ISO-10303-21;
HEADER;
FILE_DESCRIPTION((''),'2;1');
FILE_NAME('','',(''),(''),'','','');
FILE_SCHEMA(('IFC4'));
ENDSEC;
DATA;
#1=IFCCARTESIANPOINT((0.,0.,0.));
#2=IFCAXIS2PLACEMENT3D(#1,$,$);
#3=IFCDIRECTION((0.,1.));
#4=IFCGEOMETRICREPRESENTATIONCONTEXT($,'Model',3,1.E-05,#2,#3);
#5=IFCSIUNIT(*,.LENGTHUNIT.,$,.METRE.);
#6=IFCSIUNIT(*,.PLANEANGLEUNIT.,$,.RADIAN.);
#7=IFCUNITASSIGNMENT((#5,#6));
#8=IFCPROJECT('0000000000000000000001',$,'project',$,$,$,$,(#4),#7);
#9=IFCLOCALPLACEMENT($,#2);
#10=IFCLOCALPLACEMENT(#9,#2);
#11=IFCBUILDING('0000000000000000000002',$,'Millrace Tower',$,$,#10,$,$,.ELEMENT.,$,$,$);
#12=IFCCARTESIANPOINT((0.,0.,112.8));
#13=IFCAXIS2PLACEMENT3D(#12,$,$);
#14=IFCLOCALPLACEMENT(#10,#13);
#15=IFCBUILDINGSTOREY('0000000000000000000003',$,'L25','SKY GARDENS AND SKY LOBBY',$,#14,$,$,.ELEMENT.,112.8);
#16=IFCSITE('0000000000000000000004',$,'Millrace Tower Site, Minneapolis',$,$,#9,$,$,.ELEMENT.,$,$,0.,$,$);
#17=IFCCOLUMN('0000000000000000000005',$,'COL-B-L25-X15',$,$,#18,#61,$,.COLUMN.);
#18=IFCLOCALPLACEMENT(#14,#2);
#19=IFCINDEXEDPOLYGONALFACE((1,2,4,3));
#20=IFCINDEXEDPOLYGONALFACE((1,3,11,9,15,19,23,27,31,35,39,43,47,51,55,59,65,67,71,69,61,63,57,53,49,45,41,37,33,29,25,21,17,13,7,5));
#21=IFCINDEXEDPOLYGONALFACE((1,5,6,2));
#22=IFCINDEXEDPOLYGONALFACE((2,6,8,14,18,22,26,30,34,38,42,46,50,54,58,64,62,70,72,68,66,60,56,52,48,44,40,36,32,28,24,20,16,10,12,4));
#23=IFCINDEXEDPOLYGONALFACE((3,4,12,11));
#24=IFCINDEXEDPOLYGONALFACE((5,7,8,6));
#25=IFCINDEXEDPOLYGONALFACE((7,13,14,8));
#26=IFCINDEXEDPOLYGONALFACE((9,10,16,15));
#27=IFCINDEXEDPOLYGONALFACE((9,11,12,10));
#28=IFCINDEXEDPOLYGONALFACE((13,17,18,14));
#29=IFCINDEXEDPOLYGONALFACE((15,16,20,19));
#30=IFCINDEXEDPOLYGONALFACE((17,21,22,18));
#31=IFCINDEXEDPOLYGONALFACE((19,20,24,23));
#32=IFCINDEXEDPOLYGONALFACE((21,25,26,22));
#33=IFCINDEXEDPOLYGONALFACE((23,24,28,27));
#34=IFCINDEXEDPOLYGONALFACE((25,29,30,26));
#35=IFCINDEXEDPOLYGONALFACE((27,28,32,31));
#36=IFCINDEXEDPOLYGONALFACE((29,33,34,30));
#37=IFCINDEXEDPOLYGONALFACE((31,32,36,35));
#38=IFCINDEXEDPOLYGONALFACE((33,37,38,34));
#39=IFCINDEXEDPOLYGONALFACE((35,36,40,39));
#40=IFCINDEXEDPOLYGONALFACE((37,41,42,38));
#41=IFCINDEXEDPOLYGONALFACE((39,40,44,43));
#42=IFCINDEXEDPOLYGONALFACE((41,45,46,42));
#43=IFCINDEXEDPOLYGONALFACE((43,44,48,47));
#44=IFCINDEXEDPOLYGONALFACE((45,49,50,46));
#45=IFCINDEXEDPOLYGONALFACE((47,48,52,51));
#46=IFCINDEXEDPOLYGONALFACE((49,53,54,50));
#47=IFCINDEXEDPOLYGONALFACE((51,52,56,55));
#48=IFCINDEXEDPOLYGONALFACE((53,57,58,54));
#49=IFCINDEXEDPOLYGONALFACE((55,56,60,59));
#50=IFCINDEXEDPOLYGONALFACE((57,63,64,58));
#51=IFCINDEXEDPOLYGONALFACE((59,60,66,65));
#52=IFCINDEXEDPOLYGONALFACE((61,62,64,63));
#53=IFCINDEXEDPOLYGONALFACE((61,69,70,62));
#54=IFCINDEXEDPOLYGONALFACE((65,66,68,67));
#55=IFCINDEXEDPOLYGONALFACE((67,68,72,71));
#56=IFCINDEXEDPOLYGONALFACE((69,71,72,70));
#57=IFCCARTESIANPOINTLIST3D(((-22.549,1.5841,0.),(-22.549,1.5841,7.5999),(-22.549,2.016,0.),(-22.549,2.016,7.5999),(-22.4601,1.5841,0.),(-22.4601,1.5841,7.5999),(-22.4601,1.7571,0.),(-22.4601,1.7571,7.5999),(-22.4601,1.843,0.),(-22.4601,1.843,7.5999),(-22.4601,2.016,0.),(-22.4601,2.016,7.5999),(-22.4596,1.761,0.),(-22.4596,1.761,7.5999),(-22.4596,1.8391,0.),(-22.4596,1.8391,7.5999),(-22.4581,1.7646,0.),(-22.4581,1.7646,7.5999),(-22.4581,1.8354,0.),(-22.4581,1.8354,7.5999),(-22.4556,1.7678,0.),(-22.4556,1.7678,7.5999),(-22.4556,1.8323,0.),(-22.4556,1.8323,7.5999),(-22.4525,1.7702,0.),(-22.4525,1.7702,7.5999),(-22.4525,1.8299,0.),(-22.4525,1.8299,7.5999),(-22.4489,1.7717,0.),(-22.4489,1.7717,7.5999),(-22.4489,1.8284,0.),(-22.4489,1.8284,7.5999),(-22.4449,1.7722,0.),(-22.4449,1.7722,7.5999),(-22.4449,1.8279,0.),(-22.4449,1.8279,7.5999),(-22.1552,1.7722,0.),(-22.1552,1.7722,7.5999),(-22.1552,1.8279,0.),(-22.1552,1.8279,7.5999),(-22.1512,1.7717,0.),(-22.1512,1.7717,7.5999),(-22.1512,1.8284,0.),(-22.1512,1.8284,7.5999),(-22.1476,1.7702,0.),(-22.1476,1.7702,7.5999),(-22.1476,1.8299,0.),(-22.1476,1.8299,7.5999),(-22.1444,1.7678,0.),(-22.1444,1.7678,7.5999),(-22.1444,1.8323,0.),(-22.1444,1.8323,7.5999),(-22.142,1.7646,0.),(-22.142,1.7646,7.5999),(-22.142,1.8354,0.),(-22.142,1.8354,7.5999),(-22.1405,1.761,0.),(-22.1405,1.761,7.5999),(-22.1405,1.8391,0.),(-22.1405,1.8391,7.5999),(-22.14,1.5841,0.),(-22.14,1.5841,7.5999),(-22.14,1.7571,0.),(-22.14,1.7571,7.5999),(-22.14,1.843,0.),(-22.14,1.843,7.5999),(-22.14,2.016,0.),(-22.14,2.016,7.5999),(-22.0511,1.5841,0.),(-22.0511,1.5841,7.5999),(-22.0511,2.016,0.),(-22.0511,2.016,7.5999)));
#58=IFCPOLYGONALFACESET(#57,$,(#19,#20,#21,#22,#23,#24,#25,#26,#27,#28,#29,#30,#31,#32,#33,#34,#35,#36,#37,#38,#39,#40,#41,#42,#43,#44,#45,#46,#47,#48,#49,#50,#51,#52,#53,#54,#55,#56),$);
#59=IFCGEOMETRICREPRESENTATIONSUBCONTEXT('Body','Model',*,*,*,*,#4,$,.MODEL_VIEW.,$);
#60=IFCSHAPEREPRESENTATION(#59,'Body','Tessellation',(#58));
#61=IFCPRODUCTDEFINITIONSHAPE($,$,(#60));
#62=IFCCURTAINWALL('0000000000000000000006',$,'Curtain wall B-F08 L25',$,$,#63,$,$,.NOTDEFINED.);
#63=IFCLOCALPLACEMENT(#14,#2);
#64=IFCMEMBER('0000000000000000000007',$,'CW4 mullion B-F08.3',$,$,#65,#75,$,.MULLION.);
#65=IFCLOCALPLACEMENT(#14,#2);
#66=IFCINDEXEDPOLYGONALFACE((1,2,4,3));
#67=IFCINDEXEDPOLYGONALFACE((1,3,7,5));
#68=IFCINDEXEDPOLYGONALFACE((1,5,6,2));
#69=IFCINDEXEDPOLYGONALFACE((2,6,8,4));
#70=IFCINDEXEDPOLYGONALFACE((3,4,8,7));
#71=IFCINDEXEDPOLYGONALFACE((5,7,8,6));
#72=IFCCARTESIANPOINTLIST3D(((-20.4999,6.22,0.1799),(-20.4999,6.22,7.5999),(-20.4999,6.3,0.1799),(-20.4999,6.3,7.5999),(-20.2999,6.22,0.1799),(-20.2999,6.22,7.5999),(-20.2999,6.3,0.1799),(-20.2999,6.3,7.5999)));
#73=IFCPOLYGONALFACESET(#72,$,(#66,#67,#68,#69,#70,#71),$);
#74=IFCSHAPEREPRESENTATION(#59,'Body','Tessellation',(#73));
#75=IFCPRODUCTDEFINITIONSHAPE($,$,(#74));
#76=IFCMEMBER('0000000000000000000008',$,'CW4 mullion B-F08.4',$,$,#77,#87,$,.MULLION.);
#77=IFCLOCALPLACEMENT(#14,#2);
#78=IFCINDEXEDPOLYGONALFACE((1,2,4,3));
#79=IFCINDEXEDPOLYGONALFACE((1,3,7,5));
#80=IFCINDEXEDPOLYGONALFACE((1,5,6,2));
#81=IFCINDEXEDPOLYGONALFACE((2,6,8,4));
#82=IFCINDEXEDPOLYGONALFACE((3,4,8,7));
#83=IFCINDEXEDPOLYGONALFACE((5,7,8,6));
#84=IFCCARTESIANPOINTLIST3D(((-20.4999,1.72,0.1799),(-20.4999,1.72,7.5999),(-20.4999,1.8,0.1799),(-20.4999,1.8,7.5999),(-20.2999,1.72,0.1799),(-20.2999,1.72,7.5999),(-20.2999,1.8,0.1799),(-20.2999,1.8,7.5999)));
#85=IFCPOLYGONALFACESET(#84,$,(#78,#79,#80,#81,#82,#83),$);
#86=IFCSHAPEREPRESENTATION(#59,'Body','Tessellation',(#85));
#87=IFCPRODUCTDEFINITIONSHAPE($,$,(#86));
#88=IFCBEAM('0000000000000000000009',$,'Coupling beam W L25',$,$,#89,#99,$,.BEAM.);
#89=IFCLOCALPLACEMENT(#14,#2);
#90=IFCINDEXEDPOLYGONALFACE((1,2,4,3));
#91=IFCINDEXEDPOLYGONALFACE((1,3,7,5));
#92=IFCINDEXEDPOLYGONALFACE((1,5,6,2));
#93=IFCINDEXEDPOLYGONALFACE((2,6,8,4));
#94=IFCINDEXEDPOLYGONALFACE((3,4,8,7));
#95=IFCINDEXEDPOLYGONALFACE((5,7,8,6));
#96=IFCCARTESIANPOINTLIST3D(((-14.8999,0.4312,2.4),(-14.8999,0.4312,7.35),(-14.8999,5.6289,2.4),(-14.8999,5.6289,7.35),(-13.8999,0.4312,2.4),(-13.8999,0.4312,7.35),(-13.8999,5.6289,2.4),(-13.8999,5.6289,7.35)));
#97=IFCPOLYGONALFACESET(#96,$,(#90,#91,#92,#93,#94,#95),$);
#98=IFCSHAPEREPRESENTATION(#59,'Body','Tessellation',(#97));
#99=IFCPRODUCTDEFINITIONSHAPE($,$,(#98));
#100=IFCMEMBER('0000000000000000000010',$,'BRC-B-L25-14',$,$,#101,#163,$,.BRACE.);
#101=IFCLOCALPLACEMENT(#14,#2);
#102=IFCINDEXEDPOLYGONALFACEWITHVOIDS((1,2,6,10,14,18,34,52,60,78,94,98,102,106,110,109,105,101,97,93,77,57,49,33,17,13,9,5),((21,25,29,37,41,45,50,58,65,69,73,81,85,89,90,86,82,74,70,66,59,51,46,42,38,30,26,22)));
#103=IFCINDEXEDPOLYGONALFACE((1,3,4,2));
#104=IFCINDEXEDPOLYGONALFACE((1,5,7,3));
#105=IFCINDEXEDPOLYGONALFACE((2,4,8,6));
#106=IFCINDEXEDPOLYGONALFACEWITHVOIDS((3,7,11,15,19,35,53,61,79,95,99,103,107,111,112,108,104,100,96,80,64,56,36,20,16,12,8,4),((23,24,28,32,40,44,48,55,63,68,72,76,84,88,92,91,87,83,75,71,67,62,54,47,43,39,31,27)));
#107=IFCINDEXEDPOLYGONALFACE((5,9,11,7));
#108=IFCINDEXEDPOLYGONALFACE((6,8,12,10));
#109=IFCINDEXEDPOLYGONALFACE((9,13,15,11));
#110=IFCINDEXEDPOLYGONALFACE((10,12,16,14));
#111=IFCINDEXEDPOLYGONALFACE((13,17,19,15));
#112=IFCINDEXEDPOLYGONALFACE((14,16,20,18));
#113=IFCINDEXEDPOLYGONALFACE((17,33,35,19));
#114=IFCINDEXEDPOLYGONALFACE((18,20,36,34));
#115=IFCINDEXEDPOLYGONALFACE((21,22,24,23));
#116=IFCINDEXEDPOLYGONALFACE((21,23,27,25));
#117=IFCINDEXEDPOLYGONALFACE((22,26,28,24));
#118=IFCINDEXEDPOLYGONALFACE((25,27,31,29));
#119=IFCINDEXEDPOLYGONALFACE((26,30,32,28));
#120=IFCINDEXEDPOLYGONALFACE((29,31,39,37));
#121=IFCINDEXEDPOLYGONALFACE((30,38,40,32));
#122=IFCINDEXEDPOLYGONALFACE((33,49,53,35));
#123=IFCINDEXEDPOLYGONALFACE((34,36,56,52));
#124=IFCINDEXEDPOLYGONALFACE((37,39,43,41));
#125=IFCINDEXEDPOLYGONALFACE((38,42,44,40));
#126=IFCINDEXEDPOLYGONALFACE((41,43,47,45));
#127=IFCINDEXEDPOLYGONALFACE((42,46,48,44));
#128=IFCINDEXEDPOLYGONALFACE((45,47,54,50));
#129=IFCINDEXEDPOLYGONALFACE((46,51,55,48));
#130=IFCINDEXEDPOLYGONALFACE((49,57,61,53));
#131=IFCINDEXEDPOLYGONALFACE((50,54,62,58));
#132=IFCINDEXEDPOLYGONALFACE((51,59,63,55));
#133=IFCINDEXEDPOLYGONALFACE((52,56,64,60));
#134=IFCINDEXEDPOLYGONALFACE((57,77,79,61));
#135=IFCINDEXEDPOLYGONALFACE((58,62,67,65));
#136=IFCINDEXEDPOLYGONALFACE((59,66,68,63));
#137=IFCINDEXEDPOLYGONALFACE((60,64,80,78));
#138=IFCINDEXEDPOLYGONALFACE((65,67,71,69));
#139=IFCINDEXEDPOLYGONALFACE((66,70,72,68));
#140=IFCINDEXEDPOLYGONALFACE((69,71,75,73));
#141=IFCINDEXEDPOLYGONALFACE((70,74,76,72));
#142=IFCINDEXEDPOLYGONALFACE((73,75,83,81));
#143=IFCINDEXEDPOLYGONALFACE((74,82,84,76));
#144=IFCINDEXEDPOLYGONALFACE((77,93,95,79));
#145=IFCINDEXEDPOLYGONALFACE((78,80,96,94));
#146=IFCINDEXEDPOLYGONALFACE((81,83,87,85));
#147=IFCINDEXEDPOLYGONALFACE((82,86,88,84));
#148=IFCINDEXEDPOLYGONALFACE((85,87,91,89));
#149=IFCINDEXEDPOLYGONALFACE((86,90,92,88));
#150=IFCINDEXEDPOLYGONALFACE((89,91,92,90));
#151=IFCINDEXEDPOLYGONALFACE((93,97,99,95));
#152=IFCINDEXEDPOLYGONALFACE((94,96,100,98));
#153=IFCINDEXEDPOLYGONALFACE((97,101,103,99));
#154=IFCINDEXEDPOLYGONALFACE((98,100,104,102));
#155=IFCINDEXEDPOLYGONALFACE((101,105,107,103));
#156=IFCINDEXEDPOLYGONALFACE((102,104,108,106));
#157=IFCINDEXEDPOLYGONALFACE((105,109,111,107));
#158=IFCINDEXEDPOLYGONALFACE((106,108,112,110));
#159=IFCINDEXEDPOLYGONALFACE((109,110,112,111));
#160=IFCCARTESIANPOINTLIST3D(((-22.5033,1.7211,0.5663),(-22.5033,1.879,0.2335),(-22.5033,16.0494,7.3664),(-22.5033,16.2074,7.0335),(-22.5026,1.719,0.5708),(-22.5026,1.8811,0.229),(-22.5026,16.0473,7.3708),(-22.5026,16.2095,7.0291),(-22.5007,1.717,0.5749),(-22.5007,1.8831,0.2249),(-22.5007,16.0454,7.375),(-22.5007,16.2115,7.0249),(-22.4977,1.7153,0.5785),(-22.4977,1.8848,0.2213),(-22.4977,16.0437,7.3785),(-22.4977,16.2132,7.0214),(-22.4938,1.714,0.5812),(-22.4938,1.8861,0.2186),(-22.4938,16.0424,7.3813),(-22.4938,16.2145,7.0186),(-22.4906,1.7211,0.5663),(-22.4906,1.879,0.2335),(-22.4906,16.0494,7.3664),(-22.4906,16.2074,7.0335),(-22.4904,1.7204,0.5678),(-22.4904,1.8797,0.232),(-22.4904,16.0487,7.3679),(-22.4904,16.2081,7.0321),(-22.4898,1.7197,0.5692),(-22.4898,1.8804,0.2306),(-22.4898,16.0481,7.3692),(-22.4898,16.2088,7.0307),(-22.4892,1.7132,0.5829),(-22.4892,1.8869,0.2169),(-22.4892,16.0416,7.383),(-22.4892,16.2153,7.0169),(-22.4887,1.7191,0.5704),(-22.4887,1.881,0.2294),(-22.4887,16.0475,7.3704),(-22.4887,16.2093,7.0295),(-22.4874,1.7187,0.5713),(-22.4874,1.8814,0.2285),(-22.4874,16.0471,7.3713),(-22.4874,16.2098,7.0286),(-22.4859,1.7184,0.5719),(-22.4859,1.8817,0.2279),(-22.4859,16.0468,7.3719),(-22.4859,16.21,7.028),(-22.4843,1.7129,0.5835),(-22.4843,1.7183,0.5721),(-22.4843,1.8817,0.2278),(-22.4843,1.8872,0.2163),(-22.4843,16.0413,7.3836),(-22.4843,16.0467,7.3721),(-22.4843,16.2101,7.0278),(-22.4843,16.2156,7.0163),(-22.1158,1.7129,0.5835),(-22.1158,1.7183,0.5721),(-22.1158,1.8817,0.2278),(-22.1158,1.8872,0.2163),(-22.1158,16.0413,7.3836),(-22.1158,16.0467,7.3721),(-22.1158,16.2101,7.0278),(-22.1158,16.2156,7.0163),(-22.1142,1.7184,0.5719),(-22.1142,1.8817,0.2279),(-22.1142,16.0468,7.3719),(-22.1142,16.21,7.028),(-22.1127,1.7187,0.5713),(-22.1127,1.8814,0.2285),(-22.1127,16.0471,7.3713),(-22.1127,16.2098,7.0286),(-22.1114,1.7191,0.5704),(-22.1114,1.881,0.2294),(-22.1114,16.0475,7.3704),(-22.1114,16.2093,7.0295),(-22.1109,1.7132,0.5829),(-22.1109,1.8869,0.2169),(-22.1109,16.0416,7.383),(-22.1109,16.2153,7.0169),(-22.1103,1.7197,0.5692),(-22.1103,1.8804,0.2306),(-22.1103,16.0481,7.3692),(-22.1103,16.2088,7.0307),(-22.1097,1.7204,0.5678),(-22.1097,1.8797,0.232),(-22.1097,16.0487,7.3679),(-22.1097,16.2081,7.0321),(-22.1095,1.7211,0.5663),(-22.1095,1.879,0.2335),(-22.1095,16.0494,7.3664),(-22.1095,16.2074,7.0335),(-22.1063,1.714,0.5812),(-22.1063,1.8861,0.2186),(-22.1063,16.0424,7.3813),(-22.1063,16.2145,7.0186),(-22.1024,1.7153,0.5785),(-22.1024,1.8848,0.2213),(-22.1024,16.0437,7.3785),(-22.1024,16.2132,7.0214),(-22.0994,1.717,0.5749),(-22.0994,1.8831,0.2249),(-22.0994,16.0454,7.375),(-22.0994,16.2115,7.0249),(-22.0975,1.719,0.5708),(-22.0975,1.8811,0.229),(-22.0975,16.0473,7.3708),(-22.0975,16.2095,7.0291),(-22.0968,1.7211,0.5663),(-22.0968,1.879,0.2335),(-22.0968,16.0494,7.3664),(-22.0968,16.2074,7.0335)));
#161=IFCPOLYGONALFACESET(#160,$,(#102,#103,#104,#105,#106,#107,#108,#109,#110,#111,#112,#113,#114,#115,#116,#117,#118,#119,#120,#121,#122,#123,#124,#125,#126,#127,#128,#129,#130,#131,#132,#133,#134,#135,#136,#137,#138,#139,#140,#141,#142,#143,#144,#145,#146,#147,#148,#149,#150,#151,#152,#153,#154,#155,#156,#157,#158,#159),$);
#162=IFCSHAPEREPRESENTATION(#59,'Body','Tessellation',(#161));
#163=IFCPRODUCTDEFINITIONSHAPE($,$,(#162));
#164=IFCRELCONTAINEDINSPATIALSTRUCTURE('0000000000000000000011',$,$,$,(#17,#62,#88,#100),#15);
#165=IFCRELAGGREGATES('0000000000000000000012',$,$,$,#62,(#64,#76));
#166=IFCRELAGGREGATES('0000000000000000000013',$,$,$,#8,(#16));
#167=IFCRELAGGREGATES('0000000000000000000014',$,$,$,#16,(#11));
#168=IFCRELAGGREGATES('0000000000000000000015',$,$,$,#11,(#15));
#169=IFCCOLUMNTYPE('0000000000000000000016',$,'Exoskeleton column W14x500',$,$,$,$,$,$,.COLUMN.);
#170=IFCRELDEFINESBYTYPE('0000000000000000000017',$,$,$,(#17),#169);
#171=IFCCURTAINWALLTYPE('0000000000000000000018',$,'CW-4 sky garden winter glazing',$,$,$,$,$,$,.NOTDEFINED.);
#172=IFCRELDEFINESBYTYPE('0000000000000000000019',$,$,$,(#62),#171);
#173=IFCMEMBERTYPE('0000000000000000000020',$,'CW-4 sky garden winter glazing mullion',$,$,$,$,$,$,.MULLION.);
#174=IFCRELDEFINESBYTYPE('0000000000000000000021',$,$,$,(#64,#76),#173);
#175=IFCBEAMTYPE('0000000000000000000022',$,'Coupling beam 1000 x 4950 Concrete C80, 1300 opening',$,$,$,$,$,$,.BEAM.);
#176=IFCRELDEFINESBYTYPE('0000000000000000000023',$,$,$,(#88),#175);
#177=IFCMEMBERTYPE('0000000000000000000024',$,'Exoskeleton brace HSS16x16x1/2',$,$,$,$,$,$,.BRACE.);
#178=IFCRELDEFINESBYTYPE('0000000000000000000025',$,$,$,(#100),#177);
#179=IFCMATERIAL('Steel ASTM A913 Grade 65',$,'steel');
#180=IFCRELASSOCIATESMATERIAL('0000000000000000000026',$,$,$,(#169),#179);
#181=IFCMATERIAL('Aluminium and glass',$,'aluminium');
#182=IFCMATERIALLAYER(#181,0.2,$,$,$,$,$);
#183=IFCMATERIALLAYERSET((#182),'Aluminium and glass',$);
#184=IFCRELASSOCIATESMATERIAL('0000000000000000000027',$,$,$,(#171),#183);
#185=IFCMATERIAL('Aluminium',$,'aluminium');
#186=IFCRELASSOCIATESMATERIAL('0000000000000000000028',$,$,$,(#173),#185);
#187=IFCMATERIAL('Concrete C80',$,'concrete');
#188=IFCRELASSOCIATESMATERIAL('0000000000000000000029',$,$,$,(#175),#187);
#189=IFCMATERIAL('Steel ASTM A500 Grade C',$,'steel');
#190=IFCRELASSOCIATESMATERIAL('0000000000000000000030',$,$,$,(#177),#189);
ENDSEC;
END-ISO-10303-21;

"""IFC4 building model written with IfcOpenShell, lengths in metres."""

from ifc_helpers import new_model, si_unit, direction, frame, origin, origin_2d, place, context, subcontext, project, spatial, rectangle, hollow_rectangle, i_section, extrude, material, layer, layer_set, material_profile, profile_set, type_object, element, aggregate, save


model = new_model("IFC4")

# Units and contexts
model_context = context("Model", 3, precision=1e-05, world=origin(), true_north=direction((0.0, 1.0)))
body_context = subcontext(model_context, "Body", "Model", "MODEL_VIEW")
ifc_project = project(units=[si_unit("LENGTHUNIT", "METRE"), si_unit("PLANEANGLEUNIT", "RADIAN")], contexts=[model_context])

# Site, building, storey
site_placement = place(None, origin())
site = spatial("IfcSite", under=ifc_project, at=site_placement, Name="Millrace Tower Site, Minneapolis", CompositionType="ELEMENT", RefElevation=0.0)
building_placement = place(site_placement, origin())
building = spatial("IfcBuilding", under=site, at=building_placement, Name="Millrace Tower", CompositionType="ELEMENT")
storey_placement = place(building_placement, frame((0.0, 0.0, 112.8)))
storey = spatial("IfcBuildingStorey", under=building, at=storey_placement, Name="L25", Description="SKY GARDENS AND SKY LOBBY", CompositionType="ELEMENT", Elevation=112.8)

# Column
ifc_material_1 = material(Name="Steel ASTM A913 Grade 65", Category="steel")
ifc_material_profile_1 = material_profile(ifc_material_1, i_section(OverallWidth=0.4319, OverallDepth=0.4978, WebThickness=0.0557, FlangeThickness=0.0889, FilletRadius=0.0151, at=origin_2d()))
ifc_profile_set_1 = profile_set([ifc_material_profile_1], Name="Steel ASTM A913 Grade 65")
column_type = type_object("IfcColumnType", Name="Exoskeleton column W14x500", PredefinedType="COLUMN", material=ifc_profile_set_1)
column_placement = place(storey_placement, frame((-22.3, 1.8, 0.0), z_axis=(0.0, 0.0, 1.0), x_axis=(0.0, -1.0, 0.0)))
element("IfcColumn", 1, at=column_placement, inside=storey, type_object=column_type, Name="COL-B-L25-X15", PredefinedType="COLUMN", context=body_context, shape_type="SweptSolid", body=[
    extrude(i_section(OverallWidth=0.4319, OverallDepth=0.4978, WebThickness=0.0557, FlangeThickness=0.0889, FilletRadius=0.0151, at=origin_2d()), origin(), (0.0, 0.0, 1.0), 7.5999),
])

# Curtain wall, members
ifc_material_2 = material(Name="Aluminium and glass", Category="aluminium")
ifc_layer_1 = layer(ifc_material_2, 0.2)
ifc_layer_set_1 = layer_set([ifc_layer_1], Name="Aluminium and glass")
curtain_wall_type = type_object("IfcCurtainWallType", Name="CW-4 sky garden winter glazing", PredefinedType="NOTDEFINED", material=ifc_layer_set_1)
placement = place(storey_placement, origin())
curtain_wall = element("IfcCurtainWall", 2, at=placement, inside=storey, type_object=curtain_wall_type, Name="Curtain wall B-F08 L25", PredefinedType="NOTDEFINED")
ifc_material_3 = material(Name="Aluminium", Category="aluminium")
ifc_material_profile_2 = material_profile(ifc_material_3, rectangle(XDim=0.0801, YDim=0.2, at=origin_2d()))
ifc_profile_set_2 = profile_set([ifc_material_profile_2], Name="Aluminium")
member_type_1 = type_object("IfcMemberType", Name="CW-4 sky garden winter glazing mullion", PredefinedType="MULLION", material=ifc_profile_set_2)
member_1_placement = place(storey_placement, frame((-20.3999, 6.26, 0.1799), z_axis=(0.0, 0.0, 1.0), x_axis=(0.0, -1.0, 0.0)))
member_1 = element("IfcMember", 3, at=member_1_placement, type_object=member_type_1, Name="CW4 mullion B-F08.3", PredefinedType="MULLION", context=body_context, shape_type="SweptSolid", body=[
    extrude(rectangle(XDim=0.0801, YDim=0.2, at=origin_2d()), origin(), (0.0, 0.0, 1.0), 7.4199),
])
member_2_placement = place(storey_placement, frame((-20.3999, 1.76, 0.1799), z_axis=(0.0, 0.0, 1.0), x_axis=(0.0, -1.0, 0.0)))
member_2 = element("IfcMember", 4, at=member_2_placement, type_object=member_type_1, Name="CW4 mullion B-F08.4", PredefinedType="MULLION", context=body_context, shape_type="SweptSolid", body=[
    extrude(rectangle(XDim=0.0801, YDim=0.2, at=origin_2d()), origin(), (0.0, 0.0, 1.0), 7.4199),
])
aggregate(curtain_wall, [member_1, member_2])

# Beam
ifc_material_4 = material(Name="Concrete C80", Category="concrete")
ifc_material_profile_3 = material_profile(ifc_material_4, rectangle(XDim=1.0, YDim=4.95, at=origin_2d()))
ifc_profile_set_3 = profile_set([ifc_material_profile_3], Name="Concrete C80")
beam_type_1 = type_object("IfcBeamType", Name="Coupling beam 1000 x 4950 Concrete C80, 1300 opening", PredefinedType="BEAM", material=ifc_profile_set_3)
beam_1_placement = place(storey_placement, frame((-14.3999, 0.4312, 4.875), z_axis=(0.0, 1.0, 0.0), x_axis=(-1.0, 0.0, 0.0)))
element("IfcBeam", 5, at=beam_1_placement, inside=storey, type_object=beam_type_1, Name="Coupling beam W L25", PredefinedType="BEAM", context=body_context, shape_type="SweptSolid", body=[
    extrude(rectangle(XDim=1.0, YDim=4.95, at=origin_2d()), origin(), (0.0, 0.0, 1.0), 5.1978),
])

# Member
ifc_material_5 = material(Name="Steel ASTM A500 Grade C", Category="steel")
ifc_material_profile_4 = material_profile(ifc_material_5, hollow_rectangle(XDim=0.4065, YDim=0.4065, WallThickness=0.0127, InnerFilletRadius=0.0063, OuterFilletRadius=0.019, at=origin_2d()))
ifc_profile_set_4 = profile_set([ifc_material_profile_4], Name="Steel ASTM A500 Grade C")
member_type_2 = type_object("IfcMemberType", Name="Exoskeleton brace HSS16x16x1/2", PredefinedType="BRACE", material=ifc_profile_set_4)
member_3_placement = place(storey_placement, frame((-22.3, 1.8, 0.3999), z_axis=(0.0, 0.903422, 0.428752), x_axis=(-1.0, 0.0, 0.0)))
element("IfcMember", 6, at=member_3_placement, inside=storey, type_object=member_type_2, Name="BRC-B-L25-14", PredefinedType="BRACE", context=body_context, shape_type="SweptSolid", body=[
    extrude(hollow_rectangle(XDim=0.4065, YDim=0.4065, WallThickness=0.0127, InnerFilletRadius=0.0063, OuterFilletRadius=0.019, at=origin_2d()), origin(), (0.0, 0.0, 1.0), 15.8601),
])

save(model, "model.ifc")
